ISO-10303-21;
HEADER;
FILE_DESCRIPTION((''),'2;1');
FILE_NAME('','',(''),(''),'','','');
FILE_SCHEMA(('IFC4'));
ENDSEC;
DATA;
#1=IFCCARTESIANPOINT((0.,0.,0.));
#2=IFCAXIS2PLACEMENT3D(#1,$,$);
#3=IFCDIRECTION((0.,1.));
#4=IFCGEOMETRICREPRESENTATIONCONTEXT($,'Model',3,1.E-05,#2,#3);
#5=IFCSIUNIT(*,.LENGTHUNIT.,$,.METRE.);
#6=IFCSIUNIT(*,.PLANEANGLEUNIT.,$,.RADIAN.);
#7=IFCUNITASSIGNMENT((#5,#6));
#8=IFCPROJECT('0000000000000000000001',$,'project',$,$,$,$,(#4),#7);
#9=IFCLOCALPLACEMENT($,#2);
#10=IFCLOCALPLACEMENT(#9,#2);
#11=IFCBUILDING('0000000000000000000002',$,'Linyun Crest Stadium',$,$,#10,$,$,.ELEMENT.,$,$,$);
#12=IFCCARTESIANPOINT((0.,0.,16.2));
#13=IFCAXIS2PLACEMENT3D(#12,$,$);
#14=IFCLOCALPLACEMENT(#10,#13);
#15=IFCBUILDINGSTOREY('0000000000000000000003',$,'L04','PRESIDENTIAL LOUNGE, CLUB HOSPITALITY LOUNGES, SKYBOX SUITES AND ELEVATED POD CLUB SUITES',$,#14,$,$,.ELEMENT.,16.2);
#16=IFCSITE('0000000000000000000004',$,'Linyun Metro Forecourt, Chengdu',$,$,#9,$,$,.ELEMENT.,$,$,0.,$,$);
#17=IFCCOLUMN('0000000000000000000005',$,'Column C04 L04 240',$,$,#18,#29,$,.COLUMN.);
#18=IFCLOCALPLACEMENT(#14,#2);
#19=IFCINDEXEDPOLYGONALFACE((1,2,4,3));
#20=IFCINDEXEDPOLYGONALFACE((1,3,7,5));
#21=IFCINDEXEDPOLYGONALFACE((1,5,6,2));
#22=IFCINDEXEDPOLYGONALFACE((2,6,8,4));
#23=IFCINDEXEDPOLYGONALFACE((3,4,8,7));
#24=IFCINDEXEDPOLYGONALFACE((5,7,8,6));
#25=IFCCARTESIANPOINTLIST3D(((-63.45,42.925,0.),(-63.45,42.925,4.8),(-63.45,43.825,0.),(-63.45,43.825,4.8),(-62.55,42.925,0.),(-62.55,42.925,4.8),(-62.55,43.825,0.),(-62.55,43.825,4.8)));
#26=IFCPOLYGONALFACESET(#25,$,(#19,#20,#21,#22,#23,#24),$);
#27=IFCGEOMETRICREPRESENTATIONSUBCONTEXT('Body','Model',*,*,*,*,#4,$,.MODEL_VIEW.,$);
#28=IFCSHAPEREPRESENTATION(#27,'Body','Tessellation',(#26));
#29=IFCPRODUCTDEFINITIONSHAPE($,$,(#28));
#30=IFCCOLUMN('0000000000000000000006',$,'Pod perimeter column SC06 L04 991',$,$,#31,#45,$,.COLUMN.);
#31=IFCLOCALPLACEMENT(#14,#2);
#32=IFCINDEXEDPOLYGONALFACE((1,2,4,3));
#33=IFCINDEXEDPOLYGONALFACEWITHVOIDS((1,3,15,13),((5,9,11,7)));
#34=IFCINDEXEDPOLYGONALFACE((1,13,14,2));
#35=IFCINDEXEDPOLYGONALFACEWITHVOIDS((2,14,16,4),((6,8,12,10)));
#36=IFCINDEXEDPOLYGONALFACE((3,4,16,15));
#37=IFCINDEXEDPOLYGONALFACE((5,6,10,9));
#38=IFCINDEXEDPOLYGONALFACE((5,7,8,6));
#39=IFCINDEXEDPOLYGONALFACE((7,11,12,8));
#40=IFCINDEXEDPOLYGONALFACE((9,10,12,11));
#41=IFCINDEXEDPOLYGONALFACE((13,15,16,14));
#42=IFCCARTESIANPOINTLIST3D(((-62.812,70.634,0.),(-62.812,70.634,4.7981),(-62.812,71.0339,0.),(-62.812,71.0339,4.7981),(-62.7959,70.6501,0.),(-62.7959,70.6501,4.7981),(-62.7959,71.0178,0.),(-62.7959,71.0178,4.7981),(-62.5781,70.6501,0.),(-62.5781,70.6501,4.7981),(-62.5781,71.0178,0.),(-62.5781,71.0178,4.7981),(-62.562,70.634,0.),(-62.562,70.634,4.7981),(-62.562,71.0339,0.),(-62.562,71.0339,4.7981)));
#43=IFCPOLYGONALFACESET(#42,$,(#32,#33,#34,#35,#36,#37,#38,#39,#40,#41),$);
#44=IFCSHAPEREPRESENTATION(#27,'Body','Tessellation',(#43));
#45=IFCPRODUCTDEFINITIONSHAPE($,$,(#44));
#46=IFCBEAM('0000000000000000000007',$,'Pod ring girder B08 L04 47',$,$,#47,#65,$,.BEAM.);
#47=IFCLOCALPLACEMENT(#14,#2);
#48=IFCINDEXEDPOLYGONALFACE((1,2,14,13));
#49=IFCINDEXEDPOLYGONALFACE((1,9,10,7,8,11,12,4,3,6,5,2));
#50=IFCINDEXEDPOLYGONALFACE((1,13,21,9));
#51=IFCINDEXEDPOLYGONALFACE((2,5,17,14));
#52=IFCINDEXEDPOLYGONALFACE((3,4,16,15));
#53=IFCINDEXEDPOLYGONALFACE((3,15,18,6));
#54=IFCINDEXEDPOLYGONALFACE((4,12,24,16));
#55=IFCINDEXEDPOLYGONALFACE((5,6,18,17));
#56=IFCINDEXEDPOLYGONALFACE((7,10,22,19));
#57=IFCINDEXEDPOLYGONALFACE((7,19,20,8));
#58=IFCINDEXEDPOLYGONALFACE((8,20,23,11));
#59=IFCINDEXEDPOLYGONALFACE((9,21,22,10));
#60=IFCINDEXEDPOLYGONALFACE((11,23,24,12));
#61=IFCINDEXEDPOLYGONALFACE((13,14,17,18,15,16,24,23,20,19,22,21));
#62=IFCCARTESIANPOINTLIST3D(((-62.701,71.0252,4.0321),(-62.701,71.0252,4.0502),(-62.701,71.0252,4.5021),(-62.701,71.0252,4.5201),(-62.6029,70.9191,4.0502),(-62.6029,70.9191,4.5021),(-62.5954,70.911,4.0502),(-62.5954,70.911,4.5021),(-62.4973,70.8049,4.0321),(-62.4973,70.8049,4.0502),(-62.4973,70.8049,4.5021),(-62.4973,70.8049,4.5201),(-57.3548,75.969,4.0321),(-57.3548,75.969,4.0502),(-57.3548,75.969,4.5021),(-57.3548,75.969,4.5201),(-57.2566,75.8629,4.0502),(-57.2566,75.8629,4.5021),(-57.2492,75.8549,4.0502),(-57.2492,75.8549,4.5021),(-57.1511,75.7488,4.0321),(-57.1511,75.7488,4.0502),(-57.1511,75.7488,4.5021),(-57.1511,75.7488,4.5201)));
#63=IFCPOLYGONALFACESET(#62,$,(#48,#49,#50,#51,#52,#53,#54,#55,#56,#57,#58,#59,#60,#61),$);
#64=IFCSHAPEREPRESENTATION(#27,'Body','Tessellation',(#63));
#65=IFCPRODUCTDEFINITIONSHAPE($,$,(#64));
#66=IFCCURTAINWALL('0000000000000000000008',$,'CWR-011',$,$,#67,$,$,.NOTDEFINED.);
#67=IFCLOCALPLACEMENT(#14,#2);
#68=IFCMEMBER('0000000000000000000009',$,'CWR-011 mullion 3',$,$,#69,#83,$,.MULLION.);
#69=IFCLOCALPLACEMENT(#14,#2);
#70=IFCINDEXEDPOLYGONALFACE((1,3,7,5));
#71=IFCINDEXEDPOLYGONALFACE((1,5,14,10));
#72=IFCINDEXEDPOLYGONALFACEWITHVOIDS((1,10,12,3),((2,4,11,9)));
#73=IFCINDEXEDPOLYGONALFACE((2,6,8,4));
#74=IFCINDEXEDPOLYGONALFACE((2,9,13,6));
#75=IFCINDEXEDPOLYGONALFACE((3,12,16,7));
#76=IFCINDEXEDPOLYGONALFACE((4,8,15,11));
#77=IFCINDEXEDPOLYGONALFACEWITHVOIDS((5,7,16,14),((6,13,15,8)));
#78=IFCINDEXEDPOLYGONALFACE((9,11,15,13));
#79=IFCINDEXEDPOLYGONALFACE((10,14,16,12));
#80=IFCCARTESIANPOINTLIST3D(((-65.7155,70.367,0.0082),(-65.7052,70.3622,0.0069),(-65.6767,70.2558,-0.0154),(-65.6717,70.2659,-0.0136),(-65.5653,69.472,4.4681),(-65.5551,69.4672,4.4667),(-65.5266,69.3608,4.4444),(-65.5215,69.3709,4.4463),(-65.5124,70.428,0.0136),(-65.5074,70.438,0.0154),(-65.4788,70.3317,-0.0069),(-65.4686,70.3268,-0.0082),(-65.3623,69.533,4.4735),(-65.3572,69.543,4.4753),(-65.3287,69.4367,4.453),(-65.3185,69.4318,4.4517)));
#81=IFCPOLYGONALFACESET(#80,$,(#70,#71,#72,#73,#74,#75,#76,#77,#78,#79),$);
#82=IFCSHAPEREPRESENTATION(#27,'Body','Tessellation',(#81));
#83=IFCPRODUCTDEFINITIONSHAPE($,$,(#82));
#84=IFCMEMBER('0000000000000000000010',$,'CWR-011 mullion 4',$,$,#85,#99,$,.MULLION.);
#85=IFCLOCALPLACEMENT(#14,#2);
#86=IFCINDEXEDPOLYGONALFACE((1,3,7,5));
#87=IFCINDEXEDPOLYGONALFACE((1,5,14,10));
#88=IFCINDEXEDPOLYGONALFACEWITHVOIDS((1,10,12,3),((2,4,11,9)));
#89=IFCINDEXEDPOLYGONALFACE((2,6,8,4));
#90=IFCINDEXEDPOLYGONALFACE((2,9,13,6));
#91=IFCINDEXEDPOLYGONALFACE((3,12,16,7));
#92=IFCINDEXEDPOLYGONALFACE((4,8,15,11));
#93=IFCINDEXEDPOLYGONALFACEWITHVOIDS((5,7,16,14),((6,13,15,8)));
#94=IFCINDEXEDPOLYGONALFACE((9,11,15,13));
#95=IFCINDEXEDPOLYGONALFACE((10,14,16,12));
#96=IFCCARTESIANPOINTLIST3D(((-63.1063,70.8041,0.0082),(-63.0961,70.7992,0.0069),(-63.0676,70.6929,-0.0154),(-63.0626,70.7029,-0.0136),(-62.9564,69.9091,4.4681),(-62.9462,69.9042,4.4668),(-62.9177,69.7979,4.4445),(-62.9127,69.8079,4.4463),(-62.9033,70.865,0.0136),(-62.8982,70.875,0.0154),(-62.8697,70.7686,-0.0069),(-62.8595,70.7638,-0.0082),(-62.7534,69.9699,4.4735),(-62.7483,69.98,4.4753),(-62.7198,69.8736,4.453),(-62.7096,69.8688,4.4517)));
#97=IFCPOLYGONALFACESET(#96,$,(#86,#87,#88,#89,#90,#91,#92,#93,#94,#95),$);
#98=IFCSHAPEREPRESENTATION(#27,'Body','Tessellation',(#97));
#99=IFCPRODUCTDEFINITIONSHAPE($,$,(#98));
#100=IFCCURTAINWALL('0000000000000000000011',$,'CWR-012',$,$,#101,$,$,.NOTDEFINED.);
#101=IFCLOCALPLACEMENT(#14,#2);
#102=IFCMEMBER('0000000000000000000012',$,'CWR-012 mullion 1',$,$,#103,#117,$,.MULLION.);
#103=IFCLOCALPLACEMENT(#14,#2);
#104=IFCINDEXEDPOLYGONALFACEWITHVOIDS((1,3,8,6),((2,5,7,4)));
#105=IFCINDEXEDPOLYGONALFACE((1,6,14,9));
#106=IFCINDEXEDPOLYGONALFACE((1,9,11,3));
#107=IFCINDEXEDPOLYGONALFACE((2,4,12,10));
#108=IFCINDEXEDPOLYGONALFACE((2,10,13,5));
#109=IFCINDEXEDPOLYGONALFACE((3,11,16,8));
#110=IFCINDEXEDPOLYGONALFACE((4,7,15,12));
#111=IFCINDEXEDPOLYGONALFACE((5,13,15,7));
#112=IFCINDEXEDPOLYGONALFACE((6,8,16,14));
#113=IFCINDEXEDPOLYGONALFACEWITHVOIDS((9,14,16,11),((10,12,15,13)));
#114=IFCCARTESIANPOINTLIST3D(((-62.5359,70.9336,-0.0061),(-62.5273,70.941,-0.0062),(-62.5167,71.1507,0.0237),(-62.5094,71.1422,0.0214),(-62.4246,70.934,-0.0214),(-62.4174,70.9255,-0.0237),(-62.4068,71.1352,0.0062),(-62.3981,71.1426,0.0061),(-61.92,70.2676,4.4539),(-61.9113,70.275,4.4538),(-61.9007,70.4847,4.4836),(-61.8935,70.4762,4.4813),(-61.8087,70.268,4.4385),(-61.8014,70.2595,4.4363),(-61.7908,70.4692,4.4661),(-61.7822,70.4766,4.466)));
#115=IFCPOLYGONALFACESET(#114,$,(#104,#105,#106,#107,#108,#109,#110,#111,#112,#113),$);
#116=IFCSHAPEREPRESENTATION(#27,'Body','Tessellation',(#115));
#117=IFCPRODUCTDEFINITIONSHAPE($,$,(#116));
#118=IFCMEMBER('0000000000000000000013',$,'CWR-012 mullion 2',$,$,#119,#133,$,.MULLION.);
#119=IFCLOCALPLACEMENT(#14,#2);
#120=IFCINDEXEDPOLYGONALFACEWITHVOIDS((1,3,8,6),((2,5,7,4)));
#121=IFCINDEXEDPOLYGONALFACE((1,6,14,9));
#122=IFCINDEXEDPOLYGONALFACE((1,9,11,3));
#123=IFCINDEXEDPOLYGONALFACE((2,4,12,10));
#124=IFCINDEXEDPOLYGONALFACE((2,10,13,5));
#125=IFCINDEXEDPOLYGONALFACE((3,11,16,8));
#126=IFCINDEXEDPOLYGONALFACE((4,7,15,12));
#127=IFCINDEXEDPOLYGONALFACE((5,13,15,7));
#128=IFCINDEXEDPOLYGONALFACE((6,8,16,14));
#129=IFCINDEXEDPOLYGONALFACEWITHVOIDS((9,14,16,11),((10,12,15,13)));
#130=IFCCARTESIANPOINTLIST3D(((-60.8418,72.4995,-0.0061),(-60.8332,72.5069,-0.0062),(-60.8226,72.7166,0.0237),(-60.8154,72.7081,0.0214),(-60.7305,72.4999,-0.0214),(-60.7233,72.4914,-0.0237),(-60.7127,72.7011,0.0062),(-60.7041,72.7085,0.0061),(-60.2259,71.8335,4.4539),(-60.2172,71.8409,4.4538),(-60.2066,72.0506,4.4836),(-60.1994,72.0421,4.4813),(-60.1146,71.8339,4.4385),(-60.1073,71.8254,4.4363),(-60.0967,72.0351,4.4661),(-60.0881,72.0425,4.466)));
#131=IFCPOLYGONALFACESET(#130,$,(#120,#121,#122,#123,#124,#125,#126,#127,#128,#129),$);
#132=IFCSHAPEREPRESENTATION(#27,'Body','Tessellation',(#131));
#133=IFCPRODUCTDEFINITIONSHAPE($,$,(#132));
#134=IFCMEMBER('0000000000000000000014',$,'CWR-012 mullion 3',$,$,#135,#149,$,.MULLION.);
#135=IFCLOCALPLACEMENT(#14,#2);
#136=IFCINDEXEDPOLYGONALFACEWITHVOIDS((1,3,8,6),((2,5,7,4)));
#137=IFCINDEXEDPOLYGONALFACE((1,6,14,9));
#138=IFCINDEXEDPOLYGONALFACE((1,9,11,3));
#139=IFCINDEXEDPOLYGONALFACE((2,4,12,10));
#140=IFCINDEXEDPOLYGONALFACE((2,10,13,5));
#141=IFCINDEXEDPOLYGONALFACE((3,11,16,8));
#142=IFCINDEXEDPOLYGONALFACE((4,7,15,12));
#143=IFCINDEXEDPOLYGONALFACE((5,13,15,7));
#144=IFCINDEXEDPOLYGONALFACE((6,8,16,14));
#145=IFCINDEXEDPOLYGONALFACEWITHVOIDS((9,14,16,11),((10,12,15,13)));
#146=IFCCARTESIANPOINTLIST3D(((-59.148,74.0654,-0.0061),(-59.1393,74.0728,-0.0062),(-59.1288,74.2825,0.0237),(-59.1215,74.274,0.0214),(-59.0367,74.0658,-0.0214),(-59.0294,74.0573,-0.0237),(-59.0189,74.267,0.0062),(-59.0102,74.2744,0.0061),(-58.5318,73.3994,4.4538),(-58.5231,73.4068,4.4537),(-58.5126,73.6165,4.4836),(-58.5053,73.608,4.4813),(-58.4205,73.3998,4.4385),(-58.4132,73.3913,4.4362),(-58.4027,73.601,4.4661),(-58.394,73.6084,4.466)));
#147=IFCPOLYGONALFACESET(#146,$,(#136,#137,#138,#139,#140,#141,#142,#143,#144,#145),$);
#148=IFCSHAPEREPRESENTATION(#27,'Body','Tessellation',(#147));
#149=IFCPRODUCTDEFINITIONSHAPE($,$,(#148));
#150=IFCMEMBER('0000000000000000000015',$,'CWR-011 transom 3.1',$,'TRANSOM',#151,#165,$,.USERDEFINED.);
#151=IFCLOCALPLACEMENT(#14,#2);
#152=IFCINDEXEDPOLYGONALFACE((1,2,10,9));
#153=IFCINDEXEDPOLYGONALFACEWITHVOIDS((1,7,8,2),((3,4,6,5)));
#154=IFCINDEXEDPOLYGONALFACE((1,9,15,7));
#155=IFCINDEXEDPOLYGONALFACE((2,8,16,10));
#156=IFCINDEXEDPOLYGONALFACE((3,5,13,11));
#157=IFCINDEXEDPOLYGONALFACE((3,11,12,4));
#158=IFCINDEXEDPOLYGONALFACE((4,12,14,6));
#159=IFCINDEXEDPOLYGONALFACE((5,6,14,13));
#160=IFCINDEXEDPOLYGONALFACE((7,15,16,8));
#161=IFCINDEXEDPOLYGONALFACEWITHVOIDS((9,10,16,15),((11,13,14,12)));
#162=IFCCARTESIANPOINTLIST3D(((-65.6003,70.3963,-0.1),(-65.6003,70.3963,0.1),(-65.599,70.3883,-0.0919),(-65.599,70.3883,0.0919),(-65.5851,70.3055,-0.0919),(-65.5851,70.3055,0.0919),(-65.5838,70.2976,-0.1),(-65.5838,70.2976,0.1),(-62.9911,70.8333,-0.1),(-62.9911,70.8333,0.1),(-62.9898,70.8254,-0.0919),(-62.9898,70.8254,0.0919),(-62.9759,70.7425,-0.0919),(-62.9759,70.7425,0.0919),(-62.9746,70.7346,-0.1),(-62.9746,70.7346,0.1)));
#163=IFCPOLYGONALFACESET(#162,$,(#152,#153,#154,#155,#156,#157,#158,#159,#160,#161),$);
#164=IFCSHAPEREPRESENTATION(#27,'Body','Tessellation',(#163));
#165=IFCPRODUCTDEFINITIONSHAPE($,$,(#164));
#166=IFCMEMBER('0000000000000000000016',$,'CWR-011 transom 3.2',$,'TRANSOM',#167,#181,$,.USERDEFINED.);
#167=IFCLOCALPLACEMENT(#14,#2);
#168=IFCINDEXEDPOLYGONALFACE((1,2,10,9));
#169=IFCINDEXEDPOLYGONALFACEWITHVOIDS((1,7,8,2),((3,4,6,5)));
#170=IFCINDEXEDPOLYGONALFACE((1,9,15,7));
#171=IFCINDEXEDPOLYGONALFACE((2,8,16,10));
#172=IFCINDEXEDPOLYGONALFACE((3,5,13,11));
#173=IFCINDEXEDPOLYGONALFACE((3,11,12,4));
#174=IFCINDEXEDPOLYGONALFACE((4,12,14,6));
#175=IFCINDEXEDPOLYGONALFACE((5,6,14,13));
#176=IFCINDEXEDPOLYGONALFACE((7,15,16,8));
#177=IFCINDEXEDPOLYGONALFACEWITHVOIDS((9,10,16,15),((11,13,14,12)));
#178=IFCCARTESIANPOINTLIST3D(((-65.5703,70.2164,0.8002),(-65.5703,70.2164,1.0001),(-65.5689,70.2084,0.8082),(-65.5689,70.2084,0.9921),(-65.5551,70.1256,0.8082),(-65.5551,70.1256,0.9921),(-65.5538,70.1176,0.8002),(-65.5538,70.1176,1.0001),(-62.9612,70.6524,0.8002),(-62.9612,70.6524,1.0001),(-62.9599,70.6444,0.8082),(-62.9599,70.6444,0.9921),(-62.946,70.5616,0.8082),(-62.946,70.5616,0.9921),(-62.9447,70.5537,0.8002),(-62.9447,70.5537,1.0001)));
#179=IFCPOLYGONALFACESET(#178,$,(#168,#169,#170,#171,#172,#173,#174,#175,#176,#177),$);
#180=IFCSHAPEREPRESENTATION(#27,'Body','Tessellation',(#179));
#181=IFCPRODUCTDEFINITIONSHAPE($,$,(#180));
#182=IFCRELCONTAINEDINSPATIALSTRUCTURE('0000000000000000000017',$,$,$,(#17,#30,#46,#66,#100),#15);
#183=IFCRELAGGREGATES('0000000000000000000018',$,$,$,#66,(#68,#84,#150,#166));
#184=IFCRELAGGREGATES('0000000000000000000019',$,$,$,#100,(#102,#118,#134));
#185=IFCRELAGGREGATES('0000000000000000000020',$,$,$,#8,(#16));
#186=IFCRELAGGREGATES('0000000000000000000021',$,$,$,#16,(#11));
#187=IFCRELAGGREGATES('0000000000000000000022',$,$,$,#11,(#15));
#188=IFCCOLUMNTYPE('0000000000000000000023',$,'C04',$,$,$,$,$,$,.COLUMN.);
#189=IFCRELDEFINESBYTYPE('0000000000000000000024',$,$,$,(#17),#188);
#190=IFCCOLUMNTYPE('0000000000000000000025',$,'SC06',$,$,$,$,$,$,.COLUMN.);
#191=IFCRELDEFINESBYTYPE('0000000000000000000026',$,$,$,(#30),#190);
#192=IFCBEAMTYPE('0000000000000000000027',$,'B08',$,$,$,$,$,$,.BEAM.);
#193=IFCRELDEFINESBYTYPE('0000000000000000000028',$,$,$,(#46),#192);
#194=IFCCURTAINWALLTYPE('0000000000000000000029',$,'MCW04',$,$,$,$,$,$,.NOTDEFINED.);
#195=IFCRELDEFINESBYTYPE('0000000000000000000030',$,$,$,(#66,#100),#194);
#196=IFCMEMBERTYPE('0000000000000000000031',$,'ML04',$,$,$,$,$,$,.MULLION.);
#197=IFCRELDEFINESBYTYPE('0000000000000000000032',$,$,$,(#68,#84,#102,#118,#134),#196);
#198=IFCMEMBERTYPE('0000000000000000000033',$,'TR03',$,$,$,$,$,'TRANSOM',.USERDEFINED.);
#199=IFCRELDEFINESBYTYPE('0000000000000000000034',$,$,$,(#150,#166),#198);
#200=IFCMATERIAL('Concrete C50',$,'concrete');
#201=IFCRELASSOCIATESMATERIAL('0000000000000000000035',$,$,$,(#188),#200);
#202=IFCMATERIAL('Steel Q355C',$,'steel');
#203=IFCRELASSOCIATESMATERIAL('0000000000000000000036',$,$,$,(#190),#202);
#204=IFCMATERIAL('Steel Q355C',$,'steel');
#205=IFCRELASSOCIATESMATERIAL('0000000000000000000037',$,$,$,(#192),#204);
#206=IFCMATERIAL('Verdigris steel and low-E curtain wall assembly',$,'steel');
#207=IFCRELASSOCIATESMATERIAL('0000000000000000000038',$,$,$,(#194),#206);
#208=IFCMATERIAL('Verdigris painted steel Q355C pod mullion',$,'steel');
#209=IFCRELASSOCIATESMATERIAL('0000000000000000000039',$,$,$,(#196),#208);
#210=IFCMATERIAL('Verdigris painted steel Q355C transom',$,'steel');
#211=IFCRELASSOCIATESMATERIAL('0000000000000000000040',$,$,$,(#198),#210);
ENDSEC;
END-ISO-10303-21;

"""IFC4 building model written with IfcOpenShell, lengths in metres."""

from ifc_helpers import new_model, si_unit, direction, frame, origin, origin_2d, place, context, subcontext, project, spatial, rectangle, hollow_rectangle, i_section, extrude, material, material_profile, profile_set, type_object, element, aggregate, save


model = new_model("IFC4")

# Units and contexts
model_context = context("Model", 3, precision=1e-05, world=origin(), true_north=direction((0.0, 1.0)))
body_context = subcontext(model_context, "Body", "Model", "MODEL_VIEW")
ifc_project = project(units=[si_unit("LENGTHUNIT", "METRE"), si_unit("PLANEANGLEUNIT", "RADIAN")], contexts=[model_context])

# Site, building, storey
site_placement = place(None, origin())
site = spatial("IfcSite", under=ifc_project, at=site_placement, Name="Linyun Metro Forecourt, Chengdu", CompositionType="ELEMENT", RefElevation=0.0)
building_placement = place(site_placement, origin())
building = spatial("IfcBuilding", under=site, at=building_placement, Name="Linyun Crest Stadium", CompositionType="ELEMENT")
storey_placement = place(building_placement, frame((0.0, 0.0, 16.2)))
storey = spatial("IfcBuildingStorey", under=building, at=storey_placement, Name="L04", Description="PRESIDENTIAL LOUNGE, CLUB HOSPITALITY LOUNGES, SKYBOX SUITES AND ELEVATED POD CLUB SUITES", CompositionType="ELEMENT", Elevation=16.2)

# Columns
ifc_material_1 = material(Name="Concrete C50", Category="concrete")
ifc_material_profile_1 = material_profile(ifc_material_1, rectangle(XDim=0.8999, YDim=0.8999, at=origin_2d()), Name="RC 900x900")
ifc_profile_set_1 = profile_set([ifc_material_profile_1], Name="Concrete C50")
column_type_1 = type_object("IfcColumnType", Name="C04", PredefinedType="COLUMN", material=ifc_profile_set_1)
column_1_placement = place(storey_placement, frame((-63.0, 43.375, 0.0), z_axis=(0.0, 0.0, 1.0), x_axis=(1.0, 0.0, 0.0)))
element("IfcColumn", 1, at=column_1_placement, inside=storey, type_object=column_type_1, Name="Column C04 L04 240", PredefinedType="COLUMN", context=body_context, shape_type="SweptSolid", body=[
    extrude(rectangle(XDim=0.8999, YDim=0.8999, at=origin_2d()), origin(), (0.0, 0.0, 1.0), 4.8),
])
ifc_material_2 = material(Name="Steel Q355C", Category="steel")
ifc_material_profile_2 = material_profile(ifc_material_2, hollow_rectangle(XDim=0.25, YDim=0.3999, WallThickness=0.0161, at=origin_2d()), Name="RHS 400x250x16")
ifc_profile_set_2 = profile_set([ifc_material_profile_2], Name="Steel Q355C")
column_type_2 = type_object("IfcColumnType", Name="SC06", PredefinedType="COLUMN", material=ifc_profile_set_2)
column_2_placement = place(storey_placement, frame((-62.687, 70.834, 0.0), z_axis=(0.0, 0.0, 1.0), x_axis=(1.0, 0.0, 0.0)))
element("IfcColumn", 2, at=column_2_placement, inside=storey, type_object=column_type_2, Name="Pod perimeter column SC06 L04 991", PredefinedType="COLUMN", context=body_context, shape_type="SweptSolid", body=[
    extrude(hollow_rectangle(XDim=0.25, YDim=0.3999, WallThickness=0.0161, at=origin_2d()), origin(), (0.0, 0.0, 1.0), 4.7981),
])

# Beam
ifc_material_3 = material(Name="Steel Q355C", Category="steel")
ifc_material_profile_3 = material_profile(ifc_material_3, i_section(OverallWidth=0.3, OverallDepth=0.488, WebThickness=0.011, FlangeThickness=0.0181, at=origin_2d()), Name="HM 488x300")
ifc_profile_set_3 = profile_set([ifc_material_profile_3], Name="Steel Q355C")
beam_type = type_object("IfcBeamType", Name="B08", PredefinedType="BEAM", material=ifc_profile_set_3)
beam_placement = place(storey_placement, frame((-62.5991, 70.915, 4.2761), z_axis=(0.734194, 0.67894, 0.0), x_axis=(-0.67894, 0.734194, 0.0)))
element("IfcBeam", 3, at=beam_placement, inside=storey, type_object=beam_type, Name="Pod ring girder B08 L04 47", PredefinedType="BEAM", context=body_context, shape_type="SweptSolid", body=[
    extrude(i_section(OverallWidth=0.3, OverallDepth=0.488, WebThickness=0.011, FlangeThickness=0.0181, at=origin_2d()), origin(), (0.0, 0.0, 1.0), 7.2817),
])

# Curtain walls, members
ifc_material_4 = material(Name="Verdigris steel and low-E curtain wall assembly", Category="steel")
curtain_wall_type = type_object("IfcCurtainWallType", Name="MCW04", PredefinedType="NOTDEFINED", material=ifc_material_4)
curtain_wall_1_placement = place(storey_placement, origin())
curtain_wall_1 = element("IfcCurtainWall", 4, at=curtain_wall_1_placement, inside=storey, type_object=curtain_wall_type, Name="CWR-011", PredefinedType="NOTDEFINED")
ifc_material_5 = material(Name="Verdigris painted steel Q355C pod mullion", Category="steel")
ifc_material_profile_4 = material_profile(ifc_material_5, hollow_rectangle(XDim=0.1201, YDim=0.22, WallThickness=0.0081, at=origin_2d()), Name="RHS 220x120x8")
ifc_profile_set_4 = profile_set([ifc_material_profile_4], Name="Verdigris painted steel Q355C pod mullion")
member_type_1 = type_object("IfcMemberType", Name="ML04", PredefinedType="MULLION", material=ifc_profile_set_4)
member_1_placement = place(storey_placement, frame((-65.592, 70.3469, 0.0), z_axis=(0.032989, -0.196649, 0.979919), x_axis=(-0.322673, 0.925854, 0.196662)))
member_1 = element("IfcMember", 5, at=member_1_placement, type_object=member_type_1, Name="CWR-011 mullion 3", PredefinedType="MULLION", context=body_context, shape_type="SweptSolid", body=[
    extrude(hollow_rectangle(XDim=0.1201, YDim=0.22, WallThickness=0.0081, at=origin_2d()), origin(), (0.0, 0.0, 1.0), 4.5513),
])
member_2_placement = place(storey_placement, frame((-62.9829, 70.7839, 0.0), z_axis=(0.032936, -0.196649, 0.979921), x_axis=(-0.322428, 0.925941, 0.196654)))
member_2 = element("IfcMember", 6, at=member_2_placement, type_object=member_type_1, Name="CWR-011 mullion 4", PredefinedType="MULLION", context=body_context, shape_type="SweptSolid", body=[
    extrude(hollow_rectangle(XDim=0.1201, YDim=0.22, WallThickness=0.0081, at=origin_2d()), origin(), (0.0, 0.0, 1.0), 4.5513),
])
curtain_wall_2_placement = place(storey_placement, origin())
curtain_wall_2 = element("IfcCurtainWall", 7, at=curtain_wall_2_placement, inside=storey, type_object=curtain_wall_type, Name="CWR-012", PredefinedType="NOTDEFINED")
member_3_placement = place(storey_placement, frame((-62.467, 71.0381, 0.0), z_axis=(0.135339, -0.146336, 0.979933), x_axis=(-0.986932, 0.067392, 0.146369)))
member_3 = element("IfcMember", 8, at=member_3_placement, type_object=member_type_1, Name="CWR-012 mullion 1", PredefinedType="MULLION", context=body_context, shape_type="SweptSolid", body=[
    extrude(hollow_rectangle(XDim=0.1201, YDim=0.22, WallThickness=0.0081, at=origin_2d()), origin(), (0.0, 0.0, 1.0), 4.5513),
])
member_4_placement = place(storey_placement, frame((-60.7729, 72.604, 0.0), z_axis=(0.135339, -0.146336, 0.979933), x_axis=(-0.986932, 0.067392, 0.146369)))
member_4 = element("IfcMember", 9, at=member_4_placement, type_object=member_type_1, Name="CWR-012 mullion 2", PredefinedType="MULLION", context=body_context, shape_type="SweptSolid", body=[
    extrude(hollow_rectangle(XDim=0.1201, YDim=0.22, WallThickness=0.0081, at=origin_2d()), origin(), (0.0, 0.0, 1.0), 4.5513),
])
member_5_placement = place(storey_placement, frame((-59.0791, 74.1699, 0.0), z_axis=(0.135392, -0.146334, 0.979926), x_axis=(-0.986942, 0.067193, 0.146395)))
member_5 = element("IfcMember", 10, at=member_5_placement, type_object=member_type_1, Name="CWR-012 mullion 3", PredefinedType="MULLION", context=body_context, shape_type="SweptSolid", body=[
    extrude(hollow_rectangle(XDim=0.1201, YDim=0.22, WallThickness=0.0081, at=origin_2d()), origin(), (0.0, 0.0, 1.0), 4.5513),
])

# Members
ifc_material_6 = material(Name="Verdigris painted steel Q355C transom", Category="steel")
ifc_material_profile_5 = material_profile(ifc_material_6, hollow_rectangle(XDim=0.1001, YDim=0.2, WallThickness=0.0081, at=origin_2d()), Name="RHS 200x100x8")
ifc_profile_set_5 = profile_set([ifc_material_profile_5], Name="Verdigris painted steel Q355C transom")
member_type_2 = type_object("IfcMemberType", Name="TR03", ElementType="TRANSOM", PredefinedType="USERDEFINED", material=ifc_profile_set_5)
member_6_placement = place(storey_placement, frame((-65.592, 70.3469, 0.0), z_axis=(0.986261, 0.165192, 0.0), x_axis=(-0.165192, 0.986261, 0.0)))
member_6 = element("IfcMember", 11, at=member_6_placement, type_object=member_type_2, Name="CWR-011 transom 3.1", ObjectType="TRANSOM", PredefinedType="USERDEFINED", context=body_context, shape_type="SweptSolid", body=[
    extrude(hollow_rectangle(XDim=0.1001, YDim=0.2, WallThickness=0.0081, at=origin_2d()), origin(), (0.0, 0.0, 1.0), 2.6455),
])
member_7_placement = place(storey_placement, frame((-65.562, 70.167, 0.9001), z_axis=(0.986321, 0.164833, 0.0), x_axis=(-0.164833, 0.986321, 0.0)))
member_7 = element("IfcMember", 12, at=member_7_placement, type_object=member_type_2, Name="CWR-011 transom 3.2", ObjectType="TRANSOM", PredefinedType="USERDEFINED", context=body_context, shape_type="SweptSolid", body=[
    extrude(hollow_rectangle(XDim=0.1001, YDim=0.2, WallThickness=0.0081, at=origin_2d()), origin(), (0.0, 0.0, 1.0), 2.6453),
])

aggregate(curtain_wall_1, [member_1, member_2, member_6, member_7])
aggregate(curtain_wall_2, [member_3, member_4, member_5])

save(model, "model.ifc")
